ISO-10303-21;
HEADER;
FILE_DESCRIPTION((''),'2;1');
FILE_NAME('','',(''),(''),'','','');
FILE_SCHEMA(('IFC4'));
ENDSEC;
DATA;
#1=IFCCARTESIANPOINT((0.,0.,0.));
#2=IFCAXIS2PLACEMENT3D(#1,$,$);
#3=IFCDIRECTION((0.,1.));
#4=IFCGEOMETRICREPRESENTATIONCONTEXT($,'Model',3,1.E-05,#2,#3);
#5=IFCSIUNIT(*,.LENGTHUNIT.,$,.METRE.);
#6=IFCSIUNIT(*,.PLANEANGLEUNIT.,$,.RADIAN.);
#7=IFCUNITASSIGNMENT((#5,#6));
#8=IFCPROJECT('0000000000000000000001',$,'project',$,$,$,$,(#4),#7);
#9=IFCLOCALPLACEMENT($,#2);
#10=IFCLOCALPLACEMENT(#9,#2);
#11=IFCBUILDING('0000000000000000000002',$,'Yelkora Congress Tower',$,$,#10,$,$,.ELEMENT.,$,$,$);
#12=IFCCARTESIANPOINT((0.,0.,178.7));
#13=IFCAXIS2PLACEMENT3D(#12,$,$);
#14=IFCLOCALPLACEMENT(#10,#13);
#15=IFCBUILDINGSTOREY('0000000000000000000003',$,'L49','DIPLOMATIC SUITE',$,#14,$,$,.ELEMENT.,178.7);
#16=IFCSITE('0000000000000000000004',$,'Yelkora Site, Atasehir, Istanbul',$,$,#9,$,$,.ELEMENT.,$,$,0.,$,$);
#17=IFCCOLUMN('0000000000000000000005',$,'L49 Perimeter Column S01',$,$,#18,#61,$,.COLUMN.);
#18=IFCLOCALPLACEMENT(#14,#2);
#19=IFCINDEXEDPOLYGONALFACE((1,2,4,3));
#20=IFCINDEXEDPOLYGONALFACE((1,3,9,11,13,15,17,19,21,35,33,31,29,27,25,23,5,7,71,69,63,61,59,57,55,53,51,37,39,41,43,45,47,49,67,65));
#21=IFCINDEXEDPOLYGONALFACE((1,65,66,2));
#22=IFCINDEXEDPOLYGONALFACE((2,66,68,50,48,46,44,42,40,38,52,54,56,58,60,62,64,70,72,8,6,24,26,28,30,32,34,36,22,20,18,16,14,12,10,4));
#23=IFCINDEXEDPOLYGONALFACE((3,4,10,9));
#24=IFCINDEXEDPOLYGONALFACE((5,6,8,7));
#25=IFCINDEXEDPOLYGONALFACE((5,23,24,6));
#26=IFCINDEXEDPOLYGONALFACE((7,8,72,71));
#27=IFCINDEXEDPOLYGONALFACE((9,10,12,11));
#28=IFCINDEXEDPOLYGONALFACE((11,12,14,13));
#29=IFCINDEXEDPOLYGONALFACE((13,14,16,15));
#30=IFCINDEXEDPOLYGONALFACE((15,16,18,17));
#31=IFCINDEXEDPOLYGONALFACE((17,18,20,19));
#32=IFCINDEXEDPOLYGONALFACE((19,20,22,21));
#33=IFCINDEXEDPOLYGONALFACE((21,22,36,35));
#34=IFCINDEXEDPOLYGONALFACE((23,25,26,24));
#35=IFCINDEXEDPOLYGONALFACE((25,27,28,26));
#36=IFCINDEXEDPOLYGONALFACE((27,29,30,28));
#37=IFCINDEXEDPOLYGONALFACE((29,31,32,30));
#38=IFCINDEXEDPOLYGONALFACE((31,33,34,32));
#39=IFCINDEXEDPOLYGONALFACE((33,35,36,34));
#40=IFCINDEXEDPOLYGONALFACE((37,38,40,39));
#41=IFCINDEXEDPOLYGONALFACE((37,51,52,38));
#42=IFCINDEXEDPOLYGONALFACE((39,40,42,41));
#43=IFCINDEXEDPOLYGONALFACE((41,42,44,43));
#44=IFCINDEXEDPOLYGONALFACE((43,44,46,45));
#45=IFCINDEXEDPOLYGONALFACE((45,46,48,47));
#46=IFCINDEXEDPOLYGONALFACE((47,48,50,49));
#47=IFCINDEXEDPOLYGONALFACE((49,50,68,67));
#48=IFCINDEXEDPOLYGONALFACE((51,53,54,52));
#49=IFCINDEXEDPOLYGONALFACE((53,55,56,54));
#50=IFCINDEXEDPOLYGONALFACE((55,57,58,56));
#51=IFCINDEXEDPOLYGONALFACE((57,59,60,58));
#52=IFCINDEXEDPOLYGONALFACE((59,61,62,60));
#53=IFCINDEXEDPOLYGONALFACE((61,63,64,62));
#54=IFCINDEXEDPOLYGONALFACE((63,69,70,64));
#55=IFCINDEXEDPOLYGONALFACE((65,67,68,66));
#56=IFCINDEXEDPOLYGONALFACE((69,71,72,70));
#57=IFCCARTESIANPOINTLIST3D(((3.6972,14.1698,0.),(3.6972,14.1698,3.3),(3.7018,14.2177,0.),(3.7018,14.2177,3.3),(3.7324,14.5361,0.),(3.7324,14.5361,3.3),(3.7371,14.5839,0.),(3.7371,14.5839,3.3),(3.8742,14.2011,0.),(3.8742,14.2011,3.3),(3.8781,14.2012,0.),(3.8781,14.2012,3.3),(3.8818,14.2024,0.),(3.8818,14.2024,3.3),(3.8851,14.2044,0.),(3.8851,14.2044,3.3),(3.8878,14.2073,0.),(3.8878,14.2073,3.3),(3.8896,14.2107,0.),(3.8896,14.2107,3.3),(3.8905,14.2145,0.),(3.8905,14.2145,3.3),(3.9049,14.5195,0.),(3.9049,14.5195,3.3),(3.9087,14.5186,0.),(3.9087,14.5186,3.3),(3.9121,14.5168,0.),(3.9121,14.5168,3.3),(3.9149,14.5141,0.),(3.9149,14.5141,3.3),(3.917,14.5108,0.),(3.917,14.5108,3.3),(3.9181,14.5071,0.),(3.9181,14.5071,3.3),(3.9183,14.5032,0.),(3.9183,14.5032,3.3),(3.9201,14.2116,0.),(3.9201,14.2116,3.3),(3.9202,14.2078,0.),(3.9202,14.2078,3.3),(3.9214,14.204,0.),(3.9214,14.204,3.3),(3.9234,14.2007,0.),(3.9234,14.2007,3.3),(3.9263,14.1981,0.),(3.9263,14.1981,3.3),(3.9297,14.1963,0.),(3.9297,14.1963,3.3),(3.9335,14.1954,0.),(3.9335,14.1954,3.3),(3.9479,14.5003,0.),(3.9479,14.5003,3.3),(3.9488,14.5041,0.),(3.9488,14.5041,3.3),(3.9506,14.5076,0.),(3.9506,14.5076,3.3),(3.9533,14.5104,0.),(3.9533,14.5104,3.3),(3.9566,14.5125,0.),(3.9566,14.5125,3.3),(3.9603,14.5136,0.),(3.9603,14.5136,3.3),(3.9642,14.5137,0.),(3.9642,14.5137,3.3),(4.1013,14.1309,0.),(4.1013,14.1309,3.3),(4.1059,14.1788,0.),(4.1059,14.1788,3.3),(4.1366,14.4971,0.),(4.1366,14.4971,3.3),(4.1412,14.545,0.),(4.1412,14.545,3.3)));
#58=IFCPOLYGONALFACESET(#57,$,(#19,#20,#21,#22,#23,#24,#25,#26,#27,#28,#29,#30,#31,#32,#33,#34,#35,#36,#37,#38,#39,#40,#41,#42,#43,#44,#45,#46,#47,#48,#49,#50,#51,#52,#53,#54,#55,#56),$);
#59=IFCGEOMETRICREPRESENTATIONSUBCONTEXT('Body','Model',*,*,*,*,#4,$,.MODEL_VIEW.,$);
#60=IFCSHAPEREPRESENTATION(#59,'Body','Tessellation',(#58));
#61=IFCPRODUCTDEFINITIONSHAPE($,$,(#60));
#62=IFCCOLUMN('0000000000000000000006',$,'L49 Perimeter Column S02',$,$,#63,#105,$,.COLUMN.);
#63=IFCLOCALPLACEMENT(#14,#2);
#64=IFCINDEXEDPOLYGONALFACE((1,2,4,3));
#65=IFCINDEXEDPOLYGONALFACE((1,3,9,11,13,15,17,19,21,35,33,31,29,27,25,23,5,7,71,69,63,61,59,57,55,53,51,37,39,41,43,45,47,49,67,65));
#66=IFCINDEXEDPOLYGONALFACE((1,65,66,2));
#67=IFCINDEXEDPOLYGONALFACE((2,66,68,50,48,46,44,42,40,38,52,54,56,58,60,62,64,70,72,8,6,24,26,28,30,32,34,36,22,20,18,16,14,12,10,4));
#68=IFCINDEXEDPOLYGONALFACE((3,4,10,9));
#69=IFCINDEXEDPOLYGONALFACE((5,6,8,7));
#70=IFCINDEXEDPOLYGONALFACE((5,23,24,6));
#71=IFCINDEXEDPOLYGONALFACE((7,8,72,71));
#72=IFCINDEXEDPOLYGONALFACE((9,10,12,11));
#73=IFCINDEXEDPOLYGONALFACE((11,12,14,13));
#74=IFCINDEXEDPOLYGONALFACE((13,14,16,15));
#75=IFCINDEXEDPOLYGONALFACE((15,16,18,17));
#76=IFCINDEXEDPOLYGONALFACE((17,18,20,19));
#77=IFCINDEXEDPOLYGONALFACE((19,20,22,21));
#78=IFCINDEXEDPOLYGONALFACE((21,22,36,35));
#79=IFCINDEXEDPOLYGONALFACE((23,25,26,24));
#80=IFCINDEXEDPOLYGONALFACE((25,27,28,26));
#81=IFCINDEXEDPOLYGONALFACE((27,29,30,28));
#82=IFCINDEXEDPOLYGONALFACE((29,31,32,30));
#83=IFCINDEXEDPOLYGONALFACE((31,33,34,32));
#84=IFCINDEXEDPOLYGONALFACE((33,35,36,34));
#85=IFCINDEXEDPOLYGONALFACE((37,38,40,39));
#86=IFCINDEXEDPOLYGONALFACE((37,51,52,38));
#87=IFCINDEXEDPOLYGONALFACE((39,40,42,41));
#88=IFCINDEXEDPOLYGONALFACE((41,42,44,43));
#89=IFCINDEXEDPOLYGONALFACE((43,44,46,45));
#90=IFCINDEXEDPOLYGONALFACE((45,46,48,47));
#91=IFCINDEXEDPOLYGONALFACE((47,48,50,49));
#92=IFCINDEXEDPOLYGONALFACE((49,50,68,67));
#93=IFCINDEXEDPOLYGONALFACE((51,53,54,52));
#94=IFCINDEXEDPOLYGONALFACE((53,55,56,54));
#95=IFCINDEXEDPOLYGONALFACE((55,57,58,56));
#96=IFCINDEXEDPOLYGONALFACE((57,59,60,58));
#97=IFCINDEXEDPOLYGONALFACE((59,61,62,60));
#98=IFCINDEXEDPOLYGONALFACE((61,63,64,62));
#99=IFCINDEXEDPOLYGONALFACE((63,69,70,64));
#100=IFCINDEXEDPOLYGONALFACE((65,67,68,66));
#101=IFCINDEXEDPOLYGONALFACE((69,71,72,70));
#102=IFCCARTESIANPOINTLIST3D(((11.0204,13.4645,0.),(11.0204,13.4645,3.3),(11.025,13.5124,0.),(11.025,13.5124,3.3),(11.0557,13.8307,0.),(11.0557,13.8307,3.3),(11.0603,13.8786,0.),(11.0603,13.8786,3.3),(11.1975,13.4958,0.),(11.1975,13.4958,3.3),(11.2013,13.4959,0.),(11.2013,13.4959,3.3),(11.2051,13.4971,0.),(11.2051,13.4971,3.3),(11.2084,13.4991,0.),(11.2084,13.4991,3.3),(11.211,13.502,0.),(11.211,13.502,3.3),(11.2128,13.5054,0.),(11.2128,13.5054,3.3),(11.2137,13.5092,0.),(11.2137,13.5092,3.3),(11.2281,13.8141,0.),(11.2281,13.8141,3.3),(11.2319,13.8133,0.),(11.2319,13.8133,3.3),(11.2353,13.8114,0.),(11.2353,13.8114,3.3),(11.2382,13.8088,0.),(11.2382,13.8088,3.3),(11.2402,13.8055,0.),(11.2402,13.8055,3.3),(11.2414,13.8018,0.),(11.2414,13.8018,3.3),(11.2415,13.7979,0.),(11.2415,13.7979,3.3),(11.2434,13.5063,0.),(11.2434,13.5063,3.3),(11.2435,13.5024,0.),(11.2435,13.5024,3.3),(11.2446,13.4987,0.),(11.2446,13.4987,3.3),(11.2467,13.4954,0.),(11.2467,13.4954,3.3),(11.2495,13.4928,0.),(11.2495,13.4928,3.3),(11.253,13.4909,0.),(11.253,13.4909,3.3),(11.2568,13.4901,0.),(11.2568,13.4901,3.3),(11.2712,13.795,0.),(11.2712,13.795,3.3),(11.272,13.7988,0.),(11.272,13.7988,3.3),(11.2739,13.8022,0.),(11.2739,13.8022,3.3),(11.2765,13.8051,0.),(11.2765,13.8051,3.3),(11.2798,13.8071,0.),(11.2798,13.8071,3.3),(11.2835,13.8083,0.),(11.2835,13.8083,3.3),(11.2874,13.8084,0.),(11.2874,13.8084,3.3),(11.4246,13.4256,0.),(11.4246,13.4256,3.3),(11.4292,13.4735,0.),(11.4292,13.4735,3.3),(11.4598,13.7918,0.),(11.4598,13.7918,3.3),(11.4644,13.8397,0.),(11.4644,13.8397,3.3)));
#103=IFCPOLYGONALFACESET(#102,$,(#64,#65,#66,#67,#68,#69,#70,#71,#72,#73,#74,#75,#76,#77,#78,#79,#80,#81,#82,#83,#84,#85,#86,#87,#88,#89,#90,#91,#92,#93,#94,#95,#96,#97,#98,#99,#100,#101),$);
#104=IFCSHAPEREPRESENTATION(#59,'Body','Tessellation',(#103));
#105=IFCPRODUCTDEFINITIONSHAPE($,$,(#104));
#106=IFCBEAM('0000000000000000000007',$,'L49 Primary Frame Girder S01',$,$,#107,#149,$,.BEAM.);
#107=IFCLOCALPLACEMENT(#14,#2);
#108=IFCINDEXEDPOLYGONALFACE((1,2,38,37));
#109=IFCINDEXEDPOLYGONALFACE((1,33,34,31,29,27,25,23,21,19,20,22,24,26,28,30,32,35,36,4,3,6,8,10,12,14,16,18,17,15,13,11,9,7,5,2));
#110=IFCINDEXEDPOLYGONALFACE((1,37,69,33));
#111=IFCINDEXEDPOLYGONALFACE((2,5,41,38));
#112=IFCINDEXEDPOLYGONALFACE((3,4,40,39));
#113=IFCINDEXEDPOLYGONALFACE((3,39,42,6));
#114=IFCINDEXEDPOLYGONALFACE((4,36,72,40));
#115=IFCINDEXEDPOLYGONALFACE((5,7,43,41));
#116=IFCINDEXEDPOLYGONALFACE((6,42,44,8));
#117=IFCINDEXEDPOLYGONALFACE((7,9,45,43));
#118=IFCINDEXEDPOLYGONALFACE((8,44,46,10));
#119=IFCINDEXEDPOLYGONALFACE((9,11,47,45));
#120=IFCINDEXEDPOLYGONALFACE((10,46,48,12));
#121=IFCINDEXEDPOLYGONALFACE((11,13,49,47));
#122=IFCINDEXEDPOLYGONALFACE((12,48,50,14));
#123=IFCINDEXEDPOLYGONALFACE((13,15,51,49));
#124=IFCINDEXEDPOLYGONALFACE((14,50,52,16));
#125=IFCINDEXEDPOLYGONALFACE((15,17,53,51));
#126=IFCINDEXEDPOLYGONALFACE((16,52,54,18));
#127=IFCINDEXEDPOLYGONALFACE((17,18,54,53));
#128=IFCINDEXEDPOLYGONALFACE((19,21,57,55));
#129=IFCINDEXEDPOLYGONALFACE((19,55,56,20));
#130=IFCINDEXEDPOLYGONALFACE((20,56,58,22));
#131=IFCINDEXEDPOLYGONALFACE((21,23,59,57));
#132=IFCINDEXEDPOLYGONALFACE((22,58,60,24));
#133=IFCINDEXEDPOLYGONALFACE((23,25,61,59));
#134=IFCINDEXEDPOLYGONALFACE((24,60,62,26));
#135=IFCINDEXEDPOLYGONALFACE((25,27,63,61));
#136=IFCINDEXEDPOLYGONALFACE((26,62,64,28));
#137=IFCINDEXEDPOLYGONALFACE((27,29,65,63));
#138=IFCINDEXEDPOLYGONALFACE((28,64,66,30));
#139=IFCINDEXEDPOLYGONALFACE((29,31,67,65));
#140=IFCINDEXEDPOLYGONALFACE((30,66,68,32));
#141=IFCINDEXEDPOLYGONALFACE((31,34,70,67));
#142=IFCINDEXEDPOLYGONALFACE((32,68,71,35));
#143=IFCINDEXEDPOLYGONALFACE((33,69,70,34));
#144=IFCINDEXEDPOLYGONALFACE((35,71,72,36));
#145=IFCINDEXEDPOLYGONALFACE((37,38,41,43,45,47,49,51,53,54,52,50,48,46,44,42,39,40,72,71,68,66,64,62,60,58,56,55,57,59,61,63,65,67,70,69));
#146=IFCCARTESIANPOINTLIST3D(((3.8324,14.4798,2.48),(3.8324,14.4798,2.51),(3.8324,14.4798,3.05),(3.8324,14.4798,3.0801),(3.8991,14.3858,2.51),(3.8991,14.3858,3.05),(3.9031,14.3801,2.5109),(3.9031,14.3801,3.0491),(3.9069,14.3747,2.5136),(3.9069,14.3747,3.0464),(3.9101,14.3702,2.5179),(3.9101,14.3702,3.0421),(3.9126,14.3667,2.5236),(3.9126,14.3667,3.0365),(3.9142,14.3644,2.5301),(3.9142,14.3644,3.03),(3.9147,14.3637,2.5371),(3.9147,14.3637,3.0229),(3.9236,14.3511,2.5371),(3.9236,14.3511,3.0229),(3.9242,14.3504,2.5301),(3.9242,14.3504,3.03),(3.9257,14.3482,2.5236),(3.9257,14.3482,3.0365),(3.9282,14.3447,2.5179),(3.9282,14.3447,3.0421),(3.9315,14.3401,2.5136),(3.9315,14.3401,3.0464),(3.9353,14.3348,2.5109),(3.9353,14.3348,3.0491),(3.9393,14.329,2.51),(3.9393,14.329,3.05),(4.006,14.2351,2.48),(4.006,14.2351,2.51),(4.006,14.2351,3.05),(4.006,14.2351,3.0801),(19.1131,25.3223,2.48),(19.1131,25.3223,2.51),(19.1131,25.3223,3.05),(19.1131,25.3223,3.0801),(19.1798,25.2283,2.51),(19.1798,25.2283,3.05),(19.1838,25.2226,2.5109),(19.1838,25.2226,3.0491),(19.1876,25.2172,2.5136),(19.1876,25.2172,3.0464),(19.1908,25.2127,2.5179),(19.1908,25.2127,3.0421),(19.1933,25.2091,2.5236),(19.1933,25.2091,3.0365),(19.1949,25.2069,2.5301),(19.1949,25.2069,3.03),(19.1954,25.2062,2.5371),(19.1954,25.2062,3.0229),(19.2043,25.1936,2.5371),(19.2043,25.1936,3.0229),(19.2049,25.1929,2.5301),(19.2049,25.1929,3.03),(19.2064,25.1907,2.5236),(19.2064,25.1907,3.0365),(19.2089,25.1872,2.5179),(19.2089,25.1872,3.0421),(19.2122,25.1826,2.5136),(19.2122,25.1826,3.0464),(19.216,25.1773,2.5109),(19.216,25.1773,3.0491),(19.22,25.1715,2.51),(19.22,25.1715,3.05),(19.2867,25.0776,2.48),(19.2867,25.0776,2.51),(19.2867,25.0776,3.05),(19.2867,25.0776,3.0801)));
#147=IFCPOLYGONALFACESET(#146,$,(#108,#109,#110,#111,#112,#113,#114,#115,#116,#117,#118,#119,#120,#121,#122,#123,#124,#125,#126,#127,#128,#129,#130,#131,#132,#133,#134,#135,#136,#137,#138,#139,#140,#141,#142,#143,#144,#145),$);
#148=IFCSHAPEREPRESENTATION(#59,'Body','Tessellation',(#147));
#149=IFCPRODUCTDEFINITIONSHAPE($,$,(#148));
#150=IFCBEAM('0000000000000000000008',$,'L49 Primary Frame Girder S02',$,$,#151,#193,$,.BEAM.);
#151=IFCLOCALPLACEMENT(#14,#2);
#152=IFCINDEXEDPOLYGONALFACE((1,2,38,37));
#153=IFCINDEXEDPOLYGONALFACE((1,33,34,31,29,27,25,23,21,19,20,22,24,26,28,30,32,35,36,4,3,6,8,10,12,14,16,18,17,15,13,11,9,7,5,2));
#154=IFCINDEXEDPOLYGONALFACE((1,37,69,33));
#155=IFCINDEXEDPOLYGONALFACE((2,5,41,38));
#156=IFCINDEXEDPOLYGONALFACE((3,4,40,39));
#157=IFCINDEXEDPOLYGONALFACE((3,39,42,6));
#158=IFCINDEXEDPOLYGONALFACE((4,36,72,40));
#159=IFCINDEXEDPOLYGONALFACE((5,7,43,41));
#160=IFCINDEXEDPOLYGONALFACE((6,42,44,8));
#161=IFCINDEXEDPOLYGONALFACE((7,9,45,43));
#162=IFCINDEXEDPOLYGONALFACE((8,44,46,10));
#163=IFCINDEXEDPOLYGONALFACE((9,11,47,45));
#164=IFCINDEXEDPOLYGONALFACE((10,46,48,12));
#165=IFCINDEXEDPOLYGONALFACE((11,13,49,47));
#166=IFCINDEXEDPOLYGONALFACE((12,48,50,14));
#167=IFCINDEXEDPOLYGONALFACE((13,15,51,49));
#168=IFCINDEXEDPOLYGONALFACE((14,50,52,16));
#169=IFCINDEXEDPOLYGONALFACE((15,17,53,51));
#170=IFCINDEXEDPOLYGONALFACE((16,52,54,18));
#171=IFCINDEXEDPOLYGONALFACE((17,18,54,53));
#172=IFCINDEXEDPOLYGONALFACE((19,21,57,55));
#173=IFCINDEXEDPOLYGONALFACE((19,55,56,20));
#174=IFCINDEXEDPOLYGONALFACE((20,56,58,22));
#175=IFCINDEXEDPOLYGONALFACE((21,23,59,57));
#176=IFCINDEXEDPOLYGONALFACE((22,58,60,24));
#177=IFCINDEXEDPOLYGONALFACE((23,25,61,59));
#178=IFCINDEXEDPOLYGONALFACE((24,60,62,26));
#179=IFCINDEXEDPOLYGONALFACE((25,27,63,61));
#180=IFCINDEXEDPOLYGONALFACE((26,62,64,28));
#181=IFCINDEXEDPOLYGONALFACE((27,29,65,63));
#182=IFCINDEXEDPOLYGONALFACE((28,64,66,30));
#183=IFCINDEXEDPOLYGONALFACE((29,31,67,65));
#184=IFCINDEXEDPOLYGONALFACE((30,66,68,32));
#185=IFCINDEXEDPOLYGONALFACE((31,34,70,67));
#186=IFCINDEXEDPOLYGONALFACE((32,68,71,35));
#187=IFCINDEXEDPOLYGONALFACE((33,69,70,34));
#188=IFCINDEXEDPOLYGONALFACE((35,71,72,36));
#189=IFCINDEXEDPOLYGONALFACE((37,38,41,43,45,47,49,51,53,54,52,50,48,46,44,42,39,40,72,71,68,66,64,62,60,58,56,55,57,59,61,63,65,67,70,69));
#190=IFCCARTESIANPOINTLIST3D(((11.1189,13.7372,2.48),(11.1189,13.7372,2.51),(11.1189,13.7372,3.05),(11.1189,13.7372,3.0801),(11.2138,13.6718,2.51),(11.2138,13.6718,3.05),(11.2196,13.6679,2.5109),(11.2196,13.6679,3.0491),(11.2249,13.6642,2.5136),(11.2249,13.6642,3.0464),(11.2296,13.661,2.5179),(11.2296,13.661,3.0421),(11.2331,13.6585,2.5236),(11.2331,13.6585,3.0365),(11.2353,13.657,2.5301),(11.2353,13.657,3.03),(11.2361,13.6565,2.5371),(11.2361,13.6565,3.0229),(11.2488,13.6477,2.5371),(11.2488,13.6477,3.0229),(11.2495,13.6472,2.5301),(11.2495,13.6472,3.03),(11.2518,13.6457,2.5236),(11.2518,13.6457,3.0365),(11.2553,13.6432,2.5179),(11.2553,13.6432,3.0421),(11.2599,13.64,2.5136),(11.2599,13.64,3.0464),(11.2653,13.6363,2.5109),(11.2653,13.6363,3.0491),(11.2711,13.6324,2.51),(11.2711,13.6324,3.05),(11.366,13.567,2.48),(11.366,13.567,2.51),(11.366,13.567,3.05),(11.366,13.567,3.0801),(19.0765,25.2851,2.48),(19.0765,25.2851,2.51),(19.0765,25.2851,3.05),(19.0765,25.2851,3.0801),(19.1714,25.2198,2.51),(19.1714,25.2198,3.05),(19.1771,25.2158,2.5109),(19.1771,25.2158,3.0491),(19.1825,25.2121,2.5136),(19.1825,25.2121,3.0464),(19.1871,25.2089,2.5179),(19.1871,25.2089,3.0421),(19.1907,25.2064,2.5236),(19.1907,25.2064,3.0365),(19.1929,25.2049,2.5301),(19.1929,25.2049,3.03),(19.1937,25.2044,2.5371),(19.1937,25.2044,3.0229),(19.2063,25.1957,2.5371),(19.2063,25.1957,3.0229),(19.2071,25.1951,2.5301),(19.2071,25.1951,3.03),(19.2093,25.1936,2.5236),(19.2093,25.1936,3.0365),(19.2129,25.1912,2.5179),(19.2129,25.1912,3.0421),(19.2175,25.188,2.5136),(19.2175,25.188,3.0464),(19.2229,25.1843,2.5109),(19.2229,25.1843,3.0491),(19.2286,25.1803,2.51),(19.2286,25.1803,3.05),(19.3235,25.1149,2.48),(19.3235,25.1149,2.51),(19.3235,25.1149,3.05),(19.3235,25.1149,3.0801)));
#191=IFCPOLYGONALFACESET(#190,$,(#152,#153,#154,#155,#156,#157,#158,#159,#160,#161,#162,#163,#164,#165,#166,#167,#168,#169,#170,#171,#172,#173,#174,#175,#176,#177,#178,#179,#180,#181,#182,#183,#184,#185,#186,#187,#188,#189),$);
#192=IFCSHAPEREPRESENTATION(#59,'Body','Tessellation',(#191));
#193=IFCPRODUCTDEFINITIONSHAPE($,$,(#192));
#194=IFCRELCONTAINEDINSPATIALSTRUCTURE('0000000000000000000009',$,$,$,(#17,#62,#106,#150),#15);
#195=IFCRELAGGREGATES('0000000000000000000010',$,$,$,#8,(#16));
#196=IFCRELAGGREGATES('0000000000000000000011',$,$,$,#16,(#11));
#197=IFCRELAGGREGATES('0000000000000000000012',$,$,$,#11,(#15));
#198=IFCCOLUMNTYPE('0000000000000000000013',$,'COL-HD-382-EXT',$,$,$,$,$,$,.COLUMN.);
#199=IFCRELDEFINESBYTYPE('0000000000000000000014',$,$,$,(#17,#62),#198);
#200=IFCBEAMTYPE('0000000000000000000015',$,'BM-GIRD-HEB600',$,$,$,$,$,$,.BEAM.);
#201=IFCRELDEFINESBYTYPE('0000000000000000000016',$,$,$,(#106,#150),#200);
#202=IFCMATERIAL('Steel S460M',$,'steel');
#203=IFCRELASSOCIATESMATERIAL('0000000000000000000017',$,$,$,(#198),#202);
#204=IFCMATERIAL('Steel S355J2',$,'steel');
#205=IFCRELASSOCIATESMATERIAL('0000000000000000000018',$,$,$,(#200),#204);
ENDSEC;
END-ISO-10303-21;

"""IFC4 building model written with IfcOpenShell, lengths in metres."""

from ifc_helpers import new_model, si_unit, direction, frame, origin, origin_2d, place, context, subcontext, project, spatial, i_section, extrude, material, material_profile, profile_set, type_object, element, save


model = new_model("IFC4")

# Units and contexts
model_context = context("Model", 3, precision=1e-05, world=origin(), true_north=direction((0.0, 1.0)))
body_context = subcontext(model_context, "Body", "Model", "MODEL_VIEW")
ifc_project = project(units=[si_unit("LENGTHUNIT", "METRE"), si_unit("PLANEANGLEUNIT", "RADIAN")], contexts=[model_context])

# Site, building, storey
site_placement = place(None, origin())
site = spatial("IfcSite", under=ifc_project, at=site_placement, Name="Yelkora Site, Atasehir, Istanbul", CompositionType="ELEMENT", RefElevation=0.0)
building_placement = place(site_placement, origin())
building = spatial("IfcBuilding", under=site, at=building_placement, Name="Yelkora Congress Tower", CompositionType="ELEMENT")
storey_placement = place(building_placement, frame((0.0, 0.0, 178.7)))
storey = spatial("IfcBuildingStorey", under=building, at=storey_placement, Name="L49", Description="DIPLOMATIC SUITE", CompositionType="ELEMENT", Elevation=178.7)

# Columns
ifc_material_1 = material(Name="Steel S460M", Category="steel")
ifc_material_profile_1 = material_profile(ifc_material_1, i_section(OverallWidth=0.406, OverallDepth=0.416, WebThickness=0.0298, FlangeThickness=0.0481, FilletRadius=0.0149, at=origin_2d()), Name="HD 400x382")
ifc_profile_set_1 = profile_set([ifc_material_profile_1], Name="Steel S460M")
column_type = type_object("IfcColumnType", Name="COL-HD-382-EXT", PredefinedType="COLUMN", material=ifc_profile_set_1)
for number, where, z_axis, x_axis, name in (
    (1, (3.9192, 14.3574, 0.0), (0.0, 0.0, 1.0), (0.995396, -0.095846, 0.0), "L49 Perimeter Column S01"),
    (2, (11.2424, 13.6521, 0.0), (0.0, 0.0, 1.0), (0.995396, -0.095846, 0.0), "L49 Perimeter Column S02"),
):
    element("IfcColumn", number, at=place(storey_placement, frame(where, z_axis=z_axis, x_axis=x_axis)), inside=storey, type_object=column_type, Name=name, PredefinedType="COLUMN", context=body_context, shape_type="SweptSolid", body=[
        extrude(i_section(OverallWidth=0.406, OverallDepth=0.416, WebThickness=0.0298, FlangeThickness=0.0481, FilletRadius=0.0149, at=origin_2d()), origin(), (0.0, 0.0, 1.0), 3.3),
    ])

# Beams
ifc_material_2 = material(Name="Steel S355J2", Category="steel")
ifc_material_profile_2 = material_profile(ifc_material_2, i_section(OverallWidth=0.3, OverallDepth=0.6001, WebThickness=0.0154, FlangeThickness=0.03, FilletRadius=0.0271, at=origin_2d()), Name="HEB 600")
ifc_profile_set_2 = profile_set([ifc_material_profile_2], Name="Steel S355J2")
beam_type_1 = type_object("IfcBeamType", Name="BM-GIRD-HEB600", PredefinedType="BEAM", material=ifc_profile_set_2)
beam_1_placement = place(storey_placement, frame((3.9192, 14.3574, 2.78), z_axis=(0.815555, 0.57868, 0.0), x_axis=(-0.57868, 0.815555, 0.0)))
element("IfcBeam", 3, at=beam_1_placement, inside=storey, type_object=beam_type_1, Name="L49 Primary Frame Girder S01", PredefinedType="BEAM", context=body_context, shape_type="SweptSolid", body=[
    extrude(i_section(OverallWidth=0.3, OverallDepth=0.6001, WebThickness=0.0154, FlangeThickness=0.03, FilletRadius=0.0271, at=origin_2d()), origin(), (0.0, 0.0, 1.0), 18.7366),
])
beam_2_placement = place(storey_placement, frame((11.2424, 13.6521, 2.78), z_axis=(0.567418, 0.82343, 0.0), x_axis=(-0.82343, 0.567418, 0.0)))
element("IfcBeam", 4, at=beam_2_placement, inside=storey, type_object=beam_type_1, Name="L49 Primary Frame Girder S02", PredefinedType="BEAM", context=body_context, shape_type="SweptSolid", body=[
    extrude(i_section(OverallWidth=0.3, OverallDepth=0.6001, WebThickness=0.0154, FlangeThickness=0.03, FilletRadius=0.0271, at=origin_2d()), origin(), (0.0, 0.0, 1.0), 14.0242),
])

save(model, "model.ifc")
